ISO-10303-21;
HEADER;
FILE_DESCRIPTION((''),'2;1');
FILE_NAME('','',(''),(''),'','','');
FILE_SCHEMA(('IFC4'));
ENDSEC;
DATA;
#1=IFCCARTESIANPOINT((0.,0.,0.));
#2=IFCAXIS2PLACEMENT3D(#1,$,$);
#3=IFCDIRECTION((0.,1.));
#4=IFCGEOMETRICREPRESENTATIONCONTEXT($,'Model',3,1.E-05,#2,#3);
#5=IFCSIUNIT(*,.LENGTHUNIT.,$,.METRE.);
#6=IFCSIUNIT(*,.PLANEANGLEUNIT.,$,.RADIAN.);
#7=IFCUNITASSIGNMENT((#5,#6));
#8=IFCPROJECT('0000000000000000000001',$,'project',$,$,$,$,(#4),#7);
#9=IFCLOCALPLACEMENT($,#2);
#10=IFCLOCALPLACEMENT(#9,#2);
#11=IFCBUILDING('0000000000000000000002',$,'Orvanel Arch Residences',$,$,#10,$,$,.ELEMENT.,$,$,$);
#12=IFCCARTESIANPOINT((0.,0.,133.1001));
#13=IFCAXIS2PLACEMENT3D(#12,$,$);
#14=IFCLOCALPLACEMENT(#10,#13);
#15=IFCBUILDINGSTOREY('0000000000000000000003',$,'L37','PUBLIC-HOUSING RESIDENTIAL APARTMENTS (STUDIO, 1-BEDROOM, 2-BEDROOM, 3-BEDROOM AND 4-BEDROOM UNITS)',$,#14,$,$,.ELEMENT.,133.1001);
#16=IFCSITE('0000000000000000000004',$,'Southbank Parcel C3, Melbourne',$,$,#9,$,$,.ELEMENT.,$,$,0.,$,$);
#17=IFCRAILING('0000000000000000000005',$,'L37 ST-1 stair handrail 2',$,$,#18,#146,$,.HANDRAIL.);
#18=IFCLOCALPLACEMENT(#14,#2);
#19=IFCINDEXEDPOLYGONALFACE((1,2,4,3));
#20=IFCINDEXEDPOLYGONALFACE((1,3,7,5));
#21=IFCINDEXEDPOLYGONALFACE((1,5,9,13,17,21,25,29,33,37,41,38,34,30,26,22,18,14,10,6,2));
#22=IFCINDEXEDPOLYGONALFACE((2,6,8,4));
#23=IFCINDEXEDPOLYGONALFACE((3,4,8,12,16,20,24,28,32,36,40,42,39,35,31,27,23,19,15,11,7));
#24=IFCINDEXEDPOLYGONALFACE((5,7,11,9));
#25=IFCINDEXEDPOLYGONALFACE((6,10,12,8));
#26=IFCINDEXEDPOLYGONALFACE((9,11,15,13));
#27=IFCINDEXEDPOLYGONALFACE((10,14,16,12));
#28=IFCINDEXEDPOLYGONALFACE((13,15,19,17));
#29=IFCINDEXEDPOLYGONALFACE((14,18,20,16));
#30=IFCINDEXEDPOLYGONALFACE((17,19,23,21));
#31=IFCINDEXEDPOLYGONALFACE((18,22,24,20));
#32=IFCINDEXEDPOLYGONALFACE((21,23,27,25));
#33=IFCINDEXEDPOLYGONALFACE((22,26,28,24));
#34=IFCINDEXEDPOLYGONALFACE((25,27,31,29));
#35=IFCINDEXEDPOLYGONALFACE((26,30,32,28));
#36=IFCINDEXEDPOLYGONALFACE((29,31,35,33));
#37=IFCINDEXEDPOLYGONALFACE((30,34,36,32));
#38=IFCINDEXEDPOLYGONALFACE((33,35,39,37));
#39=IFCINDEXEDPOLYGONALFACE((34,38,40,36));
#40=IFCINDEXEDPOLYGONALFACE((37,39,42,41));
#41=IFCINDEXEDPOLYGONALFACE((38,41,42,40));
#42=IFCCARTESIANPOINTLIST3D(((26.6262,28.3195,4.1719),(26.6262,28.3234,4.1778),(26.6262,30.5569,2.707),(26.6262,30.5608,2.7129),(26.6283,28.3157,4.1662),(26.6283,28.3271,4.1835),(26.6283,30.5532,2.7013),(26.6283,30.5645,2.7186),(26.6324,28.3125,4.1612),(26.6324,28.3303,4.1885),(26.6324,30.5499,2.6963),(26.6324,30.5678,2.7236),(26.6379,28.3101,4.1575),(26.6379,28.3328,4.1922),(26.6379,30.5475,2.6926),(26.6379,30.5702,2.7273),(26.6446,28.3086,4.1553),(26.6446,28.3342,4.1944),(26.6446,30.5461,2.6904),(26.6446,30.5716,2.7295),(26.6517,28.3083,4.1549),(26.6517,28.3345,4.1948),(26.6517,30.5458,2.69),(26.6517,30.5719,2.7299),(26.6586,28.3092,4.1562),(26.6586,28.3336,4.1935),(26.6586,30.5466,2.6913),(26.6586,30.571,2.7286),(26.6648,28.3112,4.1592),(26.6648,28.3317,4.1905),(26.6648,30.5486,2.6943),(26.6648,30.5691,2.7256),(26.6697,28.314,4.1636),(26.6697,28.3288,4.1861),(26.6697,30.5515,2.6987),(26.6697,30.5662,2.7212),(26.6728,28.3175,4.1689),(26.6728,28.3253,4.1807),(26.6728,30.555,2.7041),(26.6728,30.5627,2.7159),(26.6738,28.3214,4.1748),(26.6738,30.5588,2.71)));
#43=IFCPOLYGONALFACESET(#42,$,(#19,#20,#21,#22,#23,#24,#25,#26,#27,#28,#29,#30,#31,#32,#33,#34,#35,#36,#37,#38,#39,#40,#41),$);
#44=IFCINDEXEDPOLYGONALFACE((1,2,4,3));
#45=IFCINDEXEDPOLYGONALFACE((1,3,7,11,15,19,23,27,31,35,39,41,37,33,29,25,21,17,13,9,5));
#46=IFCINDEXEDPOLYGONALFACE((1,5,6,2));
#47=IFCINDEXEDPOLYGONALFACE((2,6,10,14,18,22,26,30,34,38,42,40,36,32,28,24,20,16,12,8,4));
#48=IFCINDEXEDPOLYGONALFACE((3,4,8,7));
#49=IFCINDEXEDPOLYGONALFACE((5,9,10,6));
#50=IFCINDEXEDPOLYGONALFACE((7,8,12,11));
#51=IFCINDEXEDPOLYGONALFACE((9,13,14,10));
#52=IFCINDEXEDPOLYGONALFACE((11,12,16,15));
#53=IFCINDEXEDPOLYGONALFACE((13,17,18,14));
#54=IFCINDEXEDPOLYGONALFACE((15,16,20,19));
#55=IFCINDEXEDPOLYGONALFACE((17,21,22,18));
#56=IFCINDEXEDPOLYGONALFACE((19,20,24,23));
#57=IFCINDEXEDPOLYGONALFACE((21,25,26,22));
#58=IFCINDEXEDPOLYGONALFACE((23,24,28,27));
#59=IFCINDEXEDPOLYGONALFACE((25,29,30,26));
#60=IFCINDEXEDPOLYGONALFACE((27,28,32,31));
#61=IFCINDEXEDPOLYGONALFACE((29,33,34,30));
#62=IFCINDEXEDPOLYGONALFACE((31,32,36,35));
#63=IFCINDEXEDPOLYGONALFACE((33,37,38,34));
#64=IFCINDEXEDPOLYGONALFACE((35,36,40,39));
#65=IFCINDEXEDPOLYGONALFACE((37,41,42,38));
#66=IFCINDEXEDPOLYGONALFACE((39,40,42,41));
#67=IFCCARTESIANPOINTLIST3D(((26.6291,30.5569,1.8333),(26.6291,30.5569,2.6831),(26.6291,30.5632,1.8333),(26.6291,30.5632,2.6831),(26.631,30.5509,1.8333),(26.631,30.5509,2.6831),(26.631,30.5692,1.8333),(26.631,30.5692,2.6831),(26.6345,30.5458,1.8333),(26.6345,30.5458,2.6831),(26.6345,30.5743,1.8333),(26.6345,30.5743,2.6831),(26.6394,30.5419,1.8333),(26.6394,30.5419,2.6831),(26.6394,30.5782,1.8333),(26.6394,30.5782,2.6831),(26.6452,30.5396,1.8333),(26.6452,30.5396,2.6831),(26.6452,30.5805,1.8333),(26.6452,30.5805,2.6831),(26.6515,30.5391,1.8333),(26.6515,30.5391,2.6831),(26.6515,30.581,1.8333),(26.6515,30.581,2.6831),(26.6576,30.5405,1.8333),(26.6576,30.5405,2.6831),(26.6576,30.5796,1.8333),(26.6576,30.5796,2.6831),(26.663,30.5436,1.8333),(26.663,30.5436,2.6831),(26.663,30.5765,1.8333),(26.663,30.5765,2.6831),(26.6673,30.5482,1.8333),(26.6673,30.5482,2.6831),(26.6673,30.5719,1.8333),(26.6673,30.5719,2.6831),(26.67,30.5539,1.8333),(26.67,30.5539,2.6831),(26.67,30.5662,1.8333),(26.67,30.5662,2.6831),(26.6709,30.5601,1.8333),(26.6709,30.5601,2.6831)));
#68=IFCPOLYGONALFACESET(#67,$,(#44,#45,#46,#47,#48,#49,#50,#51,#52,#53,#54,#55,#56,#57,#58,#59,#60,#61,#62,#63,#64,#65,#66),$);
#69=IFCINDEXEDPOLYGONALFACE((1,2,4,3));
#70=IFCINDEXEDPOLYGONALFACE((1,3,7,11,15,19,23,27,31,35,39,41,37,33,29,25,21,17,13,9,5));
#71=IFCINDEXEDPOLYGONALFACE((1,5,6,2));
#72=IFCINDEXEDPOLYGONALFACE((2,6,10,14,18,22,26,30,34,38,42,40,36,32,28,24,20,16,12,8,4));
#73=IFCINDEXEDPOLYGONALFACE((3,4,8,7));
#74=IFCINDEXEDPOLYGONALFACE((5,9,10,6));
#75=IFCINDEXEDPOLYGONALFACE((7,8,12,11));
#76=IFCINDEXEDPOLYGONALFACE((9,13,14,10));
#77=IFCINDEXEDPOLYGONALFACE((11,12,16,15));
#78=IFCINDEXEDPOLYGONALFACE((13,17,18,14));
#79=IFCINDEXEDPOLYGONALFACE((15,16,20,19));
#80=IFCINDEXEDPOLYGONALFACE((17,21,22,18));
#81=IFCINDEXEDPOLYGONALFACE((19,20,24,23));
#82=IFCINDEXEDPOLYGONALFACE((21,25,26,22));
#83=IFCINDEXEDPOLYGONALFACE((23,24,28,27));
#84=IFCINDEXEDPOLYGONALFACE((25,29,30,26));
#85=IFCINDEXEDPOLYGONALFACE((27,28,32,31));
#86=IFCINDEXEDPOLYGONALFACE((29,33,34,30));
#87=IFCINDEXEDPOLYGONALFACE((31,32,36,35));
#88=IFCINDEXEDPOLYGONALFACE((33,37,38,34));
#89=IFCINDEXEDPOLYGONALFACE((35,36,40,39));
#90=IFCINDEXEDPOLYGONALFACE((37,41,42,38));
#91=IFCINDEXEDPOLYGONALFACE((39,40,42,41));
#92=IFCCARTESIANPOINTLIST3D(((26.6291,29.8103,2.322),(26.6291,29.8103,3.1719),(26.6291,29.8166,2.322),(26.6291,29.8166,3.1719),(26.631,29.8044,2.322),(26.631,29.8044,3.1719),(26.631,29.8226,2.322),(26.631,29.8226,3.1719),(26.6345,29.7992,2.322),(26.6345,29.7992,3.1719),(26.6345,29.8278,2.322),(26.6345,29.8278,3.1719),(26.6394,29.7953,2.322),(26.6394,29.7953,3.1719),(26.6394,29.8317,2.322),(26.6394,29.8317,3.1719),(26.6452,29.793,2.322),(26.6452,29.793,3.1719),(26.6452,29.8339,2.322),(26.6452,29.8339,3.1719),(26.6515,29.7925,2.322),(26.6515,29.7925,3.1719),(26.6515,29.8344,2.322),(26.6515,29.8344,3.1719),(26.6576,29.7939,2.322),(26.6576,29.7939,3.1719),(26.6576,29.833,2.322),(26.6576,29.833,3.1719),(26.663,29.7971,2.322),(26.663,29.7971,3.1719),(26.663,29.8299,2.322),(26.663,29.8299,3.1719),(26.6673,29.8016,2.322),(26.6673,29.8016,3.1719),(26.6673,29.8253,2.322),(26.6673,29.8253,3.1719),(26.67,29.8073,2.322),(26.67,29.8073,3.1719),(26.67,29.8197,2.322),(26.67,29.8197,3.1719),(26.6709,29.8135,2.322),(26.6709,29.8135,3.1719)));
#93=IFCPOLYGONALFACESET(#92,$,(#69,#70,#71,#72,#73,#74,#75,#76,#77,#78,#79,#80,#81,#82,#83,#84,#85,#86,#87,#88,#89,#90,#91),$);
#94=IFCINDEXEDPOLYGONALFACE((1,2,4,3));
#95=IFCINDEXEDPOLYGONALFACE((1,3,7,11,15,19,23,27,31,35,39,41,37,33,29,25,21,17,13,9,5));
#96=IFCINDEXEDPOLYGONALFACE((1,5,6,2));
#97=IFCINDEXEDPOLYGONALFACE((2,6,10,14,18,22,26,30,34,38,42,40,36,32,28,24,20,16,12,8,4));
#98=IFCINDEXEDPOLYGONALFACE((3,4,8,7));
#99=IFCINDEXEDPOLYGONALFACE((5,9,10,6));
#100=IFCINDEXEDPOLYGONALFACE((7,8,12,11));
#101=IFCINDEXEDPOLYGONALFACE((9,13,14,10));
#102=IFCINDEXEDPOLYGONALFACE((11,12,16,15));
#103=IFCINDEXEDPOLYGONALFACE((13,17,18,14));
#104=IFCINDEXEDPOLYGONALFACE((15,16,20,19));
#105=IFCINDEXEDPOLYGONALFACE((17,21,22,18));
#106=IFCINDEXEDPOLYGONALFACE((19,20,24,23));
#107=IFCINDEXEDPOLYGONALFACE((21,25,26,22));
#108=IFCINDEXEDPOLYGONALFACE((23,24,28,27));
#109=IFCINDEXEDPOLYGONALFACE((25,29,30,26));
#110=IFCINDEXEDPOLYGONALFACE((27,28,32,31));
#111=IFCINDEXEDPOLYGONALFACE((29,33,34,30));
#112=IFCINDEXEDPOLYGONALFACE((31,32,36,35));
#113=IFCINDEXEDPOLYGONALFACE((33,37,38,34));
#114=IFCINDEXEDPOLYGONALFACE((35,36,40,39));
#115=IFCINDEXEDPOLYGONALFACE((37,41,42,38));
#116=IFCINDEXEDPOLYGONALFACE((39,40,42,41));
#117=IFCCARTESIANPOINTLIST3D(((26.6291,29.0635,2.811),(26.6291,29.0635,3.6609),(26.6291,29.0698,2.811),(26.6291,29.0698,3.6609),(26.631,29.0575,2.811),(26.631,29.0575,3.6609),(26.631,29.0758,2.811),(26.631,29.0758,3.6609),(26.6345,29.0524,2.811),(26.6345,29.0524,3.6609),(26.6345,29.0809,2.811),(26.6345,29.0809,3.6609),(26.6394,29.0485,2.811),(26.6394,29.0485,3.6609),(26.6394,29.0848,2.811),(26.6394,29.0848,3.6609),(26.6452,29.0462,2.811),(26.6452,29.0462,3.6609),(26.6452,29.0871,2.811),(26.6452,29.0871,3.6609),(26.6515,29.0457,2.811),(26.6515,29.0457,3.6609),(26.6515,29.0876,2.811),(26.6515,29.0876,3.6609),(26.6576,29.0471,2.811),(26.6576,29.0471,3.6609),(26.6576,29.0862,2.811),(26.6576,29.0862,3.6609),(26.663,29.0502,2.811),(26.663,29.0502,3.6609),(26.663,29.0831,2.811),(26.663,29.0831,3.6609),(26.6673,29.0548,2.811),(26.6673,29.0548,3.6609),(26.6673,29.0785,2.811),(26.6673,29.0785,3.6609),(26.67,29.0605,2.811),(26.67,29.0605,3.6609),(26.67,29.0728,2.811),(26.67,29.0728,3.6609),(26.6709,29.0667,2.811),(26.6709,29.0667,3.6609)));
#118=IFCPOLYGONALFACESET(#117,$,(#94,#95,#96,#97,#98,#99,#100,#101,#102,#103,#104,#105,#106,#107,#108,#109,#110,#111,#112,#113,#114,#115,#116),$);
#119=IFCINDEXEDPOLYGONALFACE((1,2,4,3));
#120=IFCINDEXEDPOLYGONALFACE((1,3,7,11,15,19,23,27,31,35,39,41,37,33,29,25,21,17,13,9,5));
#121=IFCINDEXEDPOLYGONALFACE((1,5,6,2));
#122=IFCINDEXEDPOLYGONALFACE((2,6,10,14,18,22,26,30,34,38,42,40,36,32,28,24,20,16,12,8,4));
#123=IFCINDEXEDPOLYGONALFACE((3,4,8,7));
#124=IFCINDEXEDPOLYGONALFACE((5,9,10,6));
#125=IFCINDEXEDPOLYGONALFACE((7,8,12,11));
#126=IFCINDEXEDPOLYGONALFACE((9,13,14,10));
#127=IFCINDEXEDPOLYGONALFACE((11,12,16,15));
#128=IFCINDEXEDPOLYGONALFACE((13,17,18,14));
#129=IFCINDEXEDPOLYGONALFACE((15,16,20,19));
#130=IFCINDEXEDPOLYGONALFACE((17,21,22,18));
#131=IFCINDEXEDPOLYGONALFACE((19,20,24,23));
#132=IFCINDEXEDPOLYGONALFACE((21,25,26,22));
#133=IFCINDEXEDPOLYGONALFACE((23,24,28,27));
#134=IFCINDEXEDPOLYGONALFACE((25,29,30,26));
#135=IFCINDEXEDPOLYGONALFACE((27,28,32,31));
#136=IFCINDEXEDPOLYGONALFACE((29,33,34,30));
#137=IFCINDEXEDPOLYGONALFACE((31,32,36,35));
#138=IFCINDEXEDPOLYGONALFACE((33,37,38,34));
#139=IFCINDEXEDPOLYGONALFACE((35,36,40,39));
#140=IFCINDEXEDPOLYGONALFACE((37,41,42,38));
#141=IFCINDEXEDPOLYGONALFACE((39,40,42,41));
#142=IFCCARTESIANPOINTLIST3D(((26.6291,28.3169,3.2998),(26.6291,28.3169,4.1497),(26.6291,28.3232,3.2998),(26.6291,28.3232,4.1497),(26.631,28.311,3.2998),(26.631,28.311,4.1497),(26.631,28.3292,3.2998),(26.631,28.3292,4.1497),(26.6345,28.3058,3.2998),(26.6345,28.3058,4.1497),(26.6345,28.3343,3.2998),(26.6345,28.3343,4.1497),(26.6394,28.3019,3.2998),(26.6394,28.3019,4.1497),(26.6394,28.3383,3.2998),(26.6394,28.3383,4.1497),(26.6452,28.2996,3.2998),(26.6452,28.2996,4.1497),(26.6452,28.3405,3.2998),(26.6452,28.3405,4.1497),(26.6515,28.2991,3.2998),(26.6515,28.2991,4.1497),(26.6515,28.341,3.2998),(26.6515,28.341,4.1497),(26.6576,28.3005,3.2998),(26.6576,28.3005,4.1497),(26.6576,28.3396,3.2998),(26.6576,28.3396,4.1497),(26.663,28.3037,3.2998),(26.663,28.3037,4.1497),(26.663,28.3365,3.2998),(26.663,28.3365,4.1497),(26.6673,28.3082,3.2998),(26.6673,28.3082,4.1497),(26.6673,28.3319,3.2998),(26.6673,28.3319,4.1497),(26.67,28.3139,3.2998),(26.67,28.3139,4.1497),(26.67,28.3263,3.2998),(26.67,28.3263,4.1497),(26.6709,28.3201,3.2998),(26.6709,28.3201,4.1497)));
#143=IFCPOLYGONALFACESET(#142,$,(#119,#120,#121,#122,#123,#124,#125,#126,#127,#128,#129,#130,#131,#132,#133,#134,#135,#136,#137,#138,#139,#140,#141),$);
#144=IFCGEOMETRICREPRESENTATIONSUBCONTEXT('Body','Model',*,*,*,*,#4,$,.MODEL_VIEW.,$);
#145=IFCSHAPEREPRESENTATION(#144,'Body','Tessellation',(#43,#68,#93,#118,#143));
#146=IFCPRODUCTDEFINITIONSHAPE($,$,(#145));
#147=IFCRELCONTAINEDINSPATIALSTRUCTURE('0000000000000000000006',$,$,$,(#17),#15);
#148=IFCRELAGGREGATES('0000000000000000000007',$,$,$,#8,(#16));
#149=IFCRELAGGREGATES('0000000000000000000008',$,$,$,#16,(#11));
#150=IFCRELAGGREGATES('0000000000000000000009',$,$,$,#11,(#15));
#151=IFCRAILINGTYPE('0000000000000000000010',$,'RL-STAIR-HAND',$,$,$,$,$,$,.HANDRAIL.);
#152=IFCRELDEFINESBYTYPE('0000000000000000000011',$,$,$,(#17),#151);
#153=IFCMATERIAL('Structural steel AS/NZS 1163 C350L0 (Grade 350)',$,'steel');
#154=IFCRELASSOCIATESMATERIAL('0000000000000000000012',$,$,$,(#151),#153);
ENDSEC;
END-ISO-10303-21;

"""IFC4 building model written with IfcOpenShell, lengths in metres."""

from ifc_helpers import new_model, si_unit, direction, frame, origin, origin_2d, place, context, subcontext, project, spatial, circle, extrude, material, type_object, element, save


model = new_model("IFC4")

# Units and contexts
model_context = context("Model", 3, precision=1e-05, world=origin(), true_north=direction((0.0, 1.0)))
body_context = subcontext(model_context, "Body", "Model", "MODEL_VIEW")
ifc_project = project(units=[si_unit("LENGTHUNIT", "METRE"), si_unit("PLANEANGLEUNIT", "RADIAN")], contexts=[model_context])

# Site, building, storey
site_placement = place(None, origin())
site = spatial("IfcSite", under=ifc_project, at=site_placement, Name="Southbank Parcel C3, Melbourne", CompositionType="ELEMENT", RefElevation=0.0)
building_placement = place(site_placement, origin())
building = spatial("IfcBuilding", under=site, at=building_placement, Name="Orvanel Arch Residences", CompositionType="ELEMENT")
storey_placement = place(building_placement, frame((0.0, 0.0, 133.1001)))
storey = spatial("IfcBuildingStorey", under=building, at=storey_placement, Name="L37", Description="PUBLIC-HOUSING RESIDENTIAL APARTMENTS (STUDIO, 1-BEDROOM, 2-BEDROOM, 3-BEDROOM AND 4-BEDROOM UNITS)", CompositionType="ELEMENT", Elevation=133.1001)

# Railing
ifc_material_1 = material(Name="Structural steel AS/NZS 1163 C350L0 (Grade 350)", Category="steel")
railing_type_1 = type_object("IfcRailingType", Name="RL-STAIR-HAND", PredefinedType="HANDRAIL", material=ifc_material_1)
railing_1_placement = place(storey_placement, frame((26.6499, 30.5601, 1.8333)))
element("IfcRailing", 1, at=railing_1_placement, inside=storey, type_object=railing_type_1, Name="L37 ST-1 stair handrail 2", PredefinedType="HANDRAIL", context=body_context, shape_type="SweptSolid", body=[
    extrude(circle(Radius=0.0239, at=origin_2d()), frame((0.0, -0.0012, 0.8767), z_axis=(0.0, -0.836637, 0.547758), x_axis=(1.0, 0.0, 0.0)), (0.0, 0.0, 1.0), 2.6743),
    extrude(circle(Radius=0.021, at=origin_2d()), origin(), (0.0, 0.0, 1.0), 0.8499),
    extrude(circle(Radius=0.021, at=origin_2d()), frame((0.0, -0.7466, 0.4888)), (0.0, 0.0, 1.0), 0.8499),
    extrude(circle(Radius=0.021, at=origin_2d()), frame((0.0, -1.4934, 0.9778)), (0.0, 0.0, 1.0), 0.8499),
    extrude(circle(Radius=0.021, at=origin_2d()), frame((0.0, -2.24, 1.4666)), (0.0, 0.0, 1.0), 0.8499),
])

save(model, "model.ifc")
